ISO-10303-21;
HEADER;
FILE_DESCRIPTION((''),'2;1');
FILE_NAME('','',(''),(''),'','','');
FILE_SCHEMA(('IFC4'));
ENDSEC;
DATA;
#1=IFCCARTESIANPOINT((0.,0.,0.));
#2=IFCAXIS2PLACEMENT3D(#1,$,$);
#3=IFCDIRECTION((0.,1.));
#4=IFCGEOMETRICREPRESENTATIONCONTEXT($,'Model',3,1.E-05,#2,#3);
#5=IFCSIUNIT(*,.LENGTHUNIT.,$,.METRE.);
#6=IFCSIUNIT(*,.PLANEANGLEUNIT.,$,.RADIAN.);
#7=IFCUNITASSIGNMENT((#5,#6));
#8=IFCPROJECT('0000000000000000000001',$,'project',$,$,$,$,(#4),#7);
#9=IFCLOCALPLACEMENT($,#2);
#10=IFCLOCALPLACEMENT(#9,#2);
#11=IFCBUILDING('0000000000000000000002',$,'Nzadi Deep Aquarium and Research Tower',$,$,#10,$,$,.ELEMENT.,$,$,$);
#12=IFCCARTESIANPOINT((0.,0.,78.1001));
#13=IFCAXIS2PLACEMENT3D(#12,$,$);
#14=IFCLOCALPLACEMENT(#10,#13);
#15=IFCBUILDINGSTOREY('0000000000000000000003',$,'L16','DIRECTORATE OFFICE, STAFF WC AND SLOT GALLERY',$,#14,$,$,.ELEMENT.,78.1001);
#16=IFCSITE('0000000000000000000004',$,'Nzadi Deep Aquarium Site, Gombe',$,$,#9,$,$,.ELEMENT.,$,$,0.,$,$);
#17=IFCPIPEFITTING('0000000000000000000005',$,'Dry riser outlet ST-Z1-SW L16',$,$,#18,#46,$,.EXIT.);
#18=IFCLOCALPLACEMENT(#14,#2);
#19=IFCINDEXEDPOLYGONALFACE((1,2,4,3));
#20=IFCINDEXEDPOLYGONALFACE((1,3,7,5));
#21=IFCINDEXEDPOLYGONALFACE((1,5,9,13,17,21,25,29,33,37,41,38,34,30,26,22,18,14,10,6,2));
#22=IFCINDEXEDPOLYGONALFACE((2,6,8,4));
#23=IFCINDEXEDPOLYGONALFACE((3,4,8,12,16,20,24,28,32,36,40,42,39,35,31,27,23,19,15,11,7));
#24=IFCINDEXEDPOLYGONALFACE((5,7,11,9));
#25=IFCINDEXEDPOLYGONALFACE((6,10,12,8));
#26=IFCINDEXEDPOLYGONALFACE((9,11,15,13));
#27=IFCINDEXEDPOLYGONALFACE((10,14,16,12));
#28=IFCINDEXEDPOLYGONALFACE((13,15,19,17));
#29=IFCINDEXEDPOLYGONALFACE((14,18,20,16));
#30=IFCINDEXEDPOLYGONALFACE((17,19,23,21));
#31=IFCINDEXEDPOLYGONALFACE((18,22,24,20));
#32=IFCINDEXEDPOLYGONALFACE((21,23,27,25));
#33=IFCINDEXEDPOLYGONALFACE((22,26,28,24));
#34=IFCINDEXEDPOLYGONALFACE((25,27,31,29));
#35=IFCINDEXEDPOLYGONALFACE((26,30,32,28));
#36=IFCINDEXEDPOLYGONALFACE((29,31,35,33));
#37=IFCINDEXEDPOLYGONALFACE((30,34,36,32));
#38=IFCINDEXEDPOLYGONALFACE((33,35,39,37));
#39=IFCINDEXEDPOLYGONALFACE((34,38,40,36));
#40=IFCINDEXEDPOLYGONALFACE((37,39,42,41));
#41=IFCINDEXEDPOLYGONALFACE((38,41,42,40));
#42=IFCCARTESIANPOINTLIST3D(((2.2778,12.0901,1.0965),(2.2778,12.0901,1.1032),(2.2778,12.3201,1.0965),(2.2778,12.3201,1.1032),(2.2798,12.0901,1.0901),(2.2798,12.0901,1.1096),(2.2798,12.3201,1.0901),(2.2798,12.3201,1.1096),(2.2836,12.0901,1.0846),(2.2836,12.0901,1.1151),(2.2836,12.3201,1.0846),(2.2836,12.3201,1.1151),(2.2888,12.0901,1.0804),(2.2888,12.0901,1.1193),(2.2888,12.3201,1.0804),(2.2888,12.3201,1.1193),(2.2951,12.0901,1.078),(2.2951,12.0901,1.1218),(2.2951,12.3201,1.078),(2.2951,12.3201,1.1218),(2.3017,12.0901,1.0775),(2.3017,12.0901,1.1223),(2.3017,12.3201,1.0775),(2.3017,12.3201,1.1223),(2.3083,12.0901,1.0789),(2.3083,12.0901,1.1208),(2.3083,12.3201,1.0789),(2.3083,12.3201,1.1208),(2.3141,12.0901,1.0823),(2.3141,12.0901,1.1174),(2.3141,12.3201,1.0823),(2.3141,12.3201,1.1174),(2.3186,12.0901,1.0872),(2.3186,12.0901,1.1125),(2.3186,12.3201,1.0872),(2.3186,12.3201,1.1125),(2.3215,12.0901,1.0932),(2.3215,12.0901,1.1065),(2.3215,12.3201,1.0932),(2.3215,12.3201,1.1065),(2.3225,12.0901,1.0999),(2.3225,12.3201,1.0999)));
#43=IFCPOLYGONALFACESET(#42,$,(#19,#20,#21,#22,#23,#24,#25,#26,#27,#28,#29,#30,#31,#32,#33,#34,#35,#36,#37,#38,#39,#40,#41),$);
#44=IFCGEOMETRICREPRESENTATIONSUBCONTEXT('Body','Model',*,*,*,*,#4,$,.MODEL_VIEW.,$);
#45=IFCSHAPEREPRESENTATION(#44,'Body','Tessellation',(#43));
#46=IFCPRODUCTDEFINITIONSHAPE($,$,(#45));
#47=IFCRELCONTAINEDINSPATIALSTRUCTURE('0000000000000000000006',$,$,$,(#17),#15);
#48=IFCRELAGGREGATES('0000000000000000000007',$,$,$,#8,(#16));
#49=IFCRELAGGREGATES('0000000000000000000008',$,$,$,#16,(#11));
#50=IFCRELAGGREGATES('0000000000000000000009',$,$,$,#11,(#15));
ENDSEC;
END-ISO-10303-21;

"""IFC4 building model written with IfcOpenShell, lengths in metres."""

from ifc_helpers import new_model, si_unit, direction, frame, origin, origin_2d, place, context, subcontext, project, spatial, circle, extrude, element, save


model = new_model("IFC4")

# Units and contexts
model_context = context("Model", 3, precision=1e-05, world=origin(), true_north=direction((0.0, 1.0)))
body_context = subcontext(model_context, "Body", "Model", "MODEL_VIEW")
ifc_project = project(units=[si_unit("LENGTHUNIT", "METRE"), si_unit("PLANEANGLEUNIT", "RADIAN")], contexts=[model_context])

# Site, building, storey
site_placement = place(None, origin())
site = spatial("IfcSite", under=ifc_project, at=site_placement, Name="Nzadi Deep Aquarium Site, Gombe", CompositionType="ELEMENT", RefElevation=0.0)
building_placement = place(site_placement, origin())
building = spatial("IfcBuilding", under=site, at=building_placement, Name="Nzadi Deep Aquarium and Research Tower", CompositionType="ELEMENT")
storey_placement = place(building_placement, frame((0.0, 0.0, 78.1001)))
storey = spatial("IfcBuildingStorey", under=building, at=storey_placement, Name="L16", Description="DIRECTORATE OFFICE, STAFF WC AND SLOT GALLERY", CompositionType="ELEMENT", Elevation=78.1001)

# Pipe fitting
pipe_fitting_placement = place(storey_placement, frame((2.3, 12.3201, 1.0999), z_axis=(0.0, -1.0, 0.0), x_axis=(1.0, 0.0, 0.0)))
element("IfcPipeFitting", 1, at=pipe_fitting_placement, inside=storey, Name="Dry riser outlet ST-Z1-SW L16", PredefinedType="EXIT", context=body_context, shape_type="SweptSolid", body=[
    extrude(circle(Radius=0.0225, at=origin_2d()), origin(), (0.0, 0.0, 1.0), 0.23),
])

save(model, "model.ifc")
